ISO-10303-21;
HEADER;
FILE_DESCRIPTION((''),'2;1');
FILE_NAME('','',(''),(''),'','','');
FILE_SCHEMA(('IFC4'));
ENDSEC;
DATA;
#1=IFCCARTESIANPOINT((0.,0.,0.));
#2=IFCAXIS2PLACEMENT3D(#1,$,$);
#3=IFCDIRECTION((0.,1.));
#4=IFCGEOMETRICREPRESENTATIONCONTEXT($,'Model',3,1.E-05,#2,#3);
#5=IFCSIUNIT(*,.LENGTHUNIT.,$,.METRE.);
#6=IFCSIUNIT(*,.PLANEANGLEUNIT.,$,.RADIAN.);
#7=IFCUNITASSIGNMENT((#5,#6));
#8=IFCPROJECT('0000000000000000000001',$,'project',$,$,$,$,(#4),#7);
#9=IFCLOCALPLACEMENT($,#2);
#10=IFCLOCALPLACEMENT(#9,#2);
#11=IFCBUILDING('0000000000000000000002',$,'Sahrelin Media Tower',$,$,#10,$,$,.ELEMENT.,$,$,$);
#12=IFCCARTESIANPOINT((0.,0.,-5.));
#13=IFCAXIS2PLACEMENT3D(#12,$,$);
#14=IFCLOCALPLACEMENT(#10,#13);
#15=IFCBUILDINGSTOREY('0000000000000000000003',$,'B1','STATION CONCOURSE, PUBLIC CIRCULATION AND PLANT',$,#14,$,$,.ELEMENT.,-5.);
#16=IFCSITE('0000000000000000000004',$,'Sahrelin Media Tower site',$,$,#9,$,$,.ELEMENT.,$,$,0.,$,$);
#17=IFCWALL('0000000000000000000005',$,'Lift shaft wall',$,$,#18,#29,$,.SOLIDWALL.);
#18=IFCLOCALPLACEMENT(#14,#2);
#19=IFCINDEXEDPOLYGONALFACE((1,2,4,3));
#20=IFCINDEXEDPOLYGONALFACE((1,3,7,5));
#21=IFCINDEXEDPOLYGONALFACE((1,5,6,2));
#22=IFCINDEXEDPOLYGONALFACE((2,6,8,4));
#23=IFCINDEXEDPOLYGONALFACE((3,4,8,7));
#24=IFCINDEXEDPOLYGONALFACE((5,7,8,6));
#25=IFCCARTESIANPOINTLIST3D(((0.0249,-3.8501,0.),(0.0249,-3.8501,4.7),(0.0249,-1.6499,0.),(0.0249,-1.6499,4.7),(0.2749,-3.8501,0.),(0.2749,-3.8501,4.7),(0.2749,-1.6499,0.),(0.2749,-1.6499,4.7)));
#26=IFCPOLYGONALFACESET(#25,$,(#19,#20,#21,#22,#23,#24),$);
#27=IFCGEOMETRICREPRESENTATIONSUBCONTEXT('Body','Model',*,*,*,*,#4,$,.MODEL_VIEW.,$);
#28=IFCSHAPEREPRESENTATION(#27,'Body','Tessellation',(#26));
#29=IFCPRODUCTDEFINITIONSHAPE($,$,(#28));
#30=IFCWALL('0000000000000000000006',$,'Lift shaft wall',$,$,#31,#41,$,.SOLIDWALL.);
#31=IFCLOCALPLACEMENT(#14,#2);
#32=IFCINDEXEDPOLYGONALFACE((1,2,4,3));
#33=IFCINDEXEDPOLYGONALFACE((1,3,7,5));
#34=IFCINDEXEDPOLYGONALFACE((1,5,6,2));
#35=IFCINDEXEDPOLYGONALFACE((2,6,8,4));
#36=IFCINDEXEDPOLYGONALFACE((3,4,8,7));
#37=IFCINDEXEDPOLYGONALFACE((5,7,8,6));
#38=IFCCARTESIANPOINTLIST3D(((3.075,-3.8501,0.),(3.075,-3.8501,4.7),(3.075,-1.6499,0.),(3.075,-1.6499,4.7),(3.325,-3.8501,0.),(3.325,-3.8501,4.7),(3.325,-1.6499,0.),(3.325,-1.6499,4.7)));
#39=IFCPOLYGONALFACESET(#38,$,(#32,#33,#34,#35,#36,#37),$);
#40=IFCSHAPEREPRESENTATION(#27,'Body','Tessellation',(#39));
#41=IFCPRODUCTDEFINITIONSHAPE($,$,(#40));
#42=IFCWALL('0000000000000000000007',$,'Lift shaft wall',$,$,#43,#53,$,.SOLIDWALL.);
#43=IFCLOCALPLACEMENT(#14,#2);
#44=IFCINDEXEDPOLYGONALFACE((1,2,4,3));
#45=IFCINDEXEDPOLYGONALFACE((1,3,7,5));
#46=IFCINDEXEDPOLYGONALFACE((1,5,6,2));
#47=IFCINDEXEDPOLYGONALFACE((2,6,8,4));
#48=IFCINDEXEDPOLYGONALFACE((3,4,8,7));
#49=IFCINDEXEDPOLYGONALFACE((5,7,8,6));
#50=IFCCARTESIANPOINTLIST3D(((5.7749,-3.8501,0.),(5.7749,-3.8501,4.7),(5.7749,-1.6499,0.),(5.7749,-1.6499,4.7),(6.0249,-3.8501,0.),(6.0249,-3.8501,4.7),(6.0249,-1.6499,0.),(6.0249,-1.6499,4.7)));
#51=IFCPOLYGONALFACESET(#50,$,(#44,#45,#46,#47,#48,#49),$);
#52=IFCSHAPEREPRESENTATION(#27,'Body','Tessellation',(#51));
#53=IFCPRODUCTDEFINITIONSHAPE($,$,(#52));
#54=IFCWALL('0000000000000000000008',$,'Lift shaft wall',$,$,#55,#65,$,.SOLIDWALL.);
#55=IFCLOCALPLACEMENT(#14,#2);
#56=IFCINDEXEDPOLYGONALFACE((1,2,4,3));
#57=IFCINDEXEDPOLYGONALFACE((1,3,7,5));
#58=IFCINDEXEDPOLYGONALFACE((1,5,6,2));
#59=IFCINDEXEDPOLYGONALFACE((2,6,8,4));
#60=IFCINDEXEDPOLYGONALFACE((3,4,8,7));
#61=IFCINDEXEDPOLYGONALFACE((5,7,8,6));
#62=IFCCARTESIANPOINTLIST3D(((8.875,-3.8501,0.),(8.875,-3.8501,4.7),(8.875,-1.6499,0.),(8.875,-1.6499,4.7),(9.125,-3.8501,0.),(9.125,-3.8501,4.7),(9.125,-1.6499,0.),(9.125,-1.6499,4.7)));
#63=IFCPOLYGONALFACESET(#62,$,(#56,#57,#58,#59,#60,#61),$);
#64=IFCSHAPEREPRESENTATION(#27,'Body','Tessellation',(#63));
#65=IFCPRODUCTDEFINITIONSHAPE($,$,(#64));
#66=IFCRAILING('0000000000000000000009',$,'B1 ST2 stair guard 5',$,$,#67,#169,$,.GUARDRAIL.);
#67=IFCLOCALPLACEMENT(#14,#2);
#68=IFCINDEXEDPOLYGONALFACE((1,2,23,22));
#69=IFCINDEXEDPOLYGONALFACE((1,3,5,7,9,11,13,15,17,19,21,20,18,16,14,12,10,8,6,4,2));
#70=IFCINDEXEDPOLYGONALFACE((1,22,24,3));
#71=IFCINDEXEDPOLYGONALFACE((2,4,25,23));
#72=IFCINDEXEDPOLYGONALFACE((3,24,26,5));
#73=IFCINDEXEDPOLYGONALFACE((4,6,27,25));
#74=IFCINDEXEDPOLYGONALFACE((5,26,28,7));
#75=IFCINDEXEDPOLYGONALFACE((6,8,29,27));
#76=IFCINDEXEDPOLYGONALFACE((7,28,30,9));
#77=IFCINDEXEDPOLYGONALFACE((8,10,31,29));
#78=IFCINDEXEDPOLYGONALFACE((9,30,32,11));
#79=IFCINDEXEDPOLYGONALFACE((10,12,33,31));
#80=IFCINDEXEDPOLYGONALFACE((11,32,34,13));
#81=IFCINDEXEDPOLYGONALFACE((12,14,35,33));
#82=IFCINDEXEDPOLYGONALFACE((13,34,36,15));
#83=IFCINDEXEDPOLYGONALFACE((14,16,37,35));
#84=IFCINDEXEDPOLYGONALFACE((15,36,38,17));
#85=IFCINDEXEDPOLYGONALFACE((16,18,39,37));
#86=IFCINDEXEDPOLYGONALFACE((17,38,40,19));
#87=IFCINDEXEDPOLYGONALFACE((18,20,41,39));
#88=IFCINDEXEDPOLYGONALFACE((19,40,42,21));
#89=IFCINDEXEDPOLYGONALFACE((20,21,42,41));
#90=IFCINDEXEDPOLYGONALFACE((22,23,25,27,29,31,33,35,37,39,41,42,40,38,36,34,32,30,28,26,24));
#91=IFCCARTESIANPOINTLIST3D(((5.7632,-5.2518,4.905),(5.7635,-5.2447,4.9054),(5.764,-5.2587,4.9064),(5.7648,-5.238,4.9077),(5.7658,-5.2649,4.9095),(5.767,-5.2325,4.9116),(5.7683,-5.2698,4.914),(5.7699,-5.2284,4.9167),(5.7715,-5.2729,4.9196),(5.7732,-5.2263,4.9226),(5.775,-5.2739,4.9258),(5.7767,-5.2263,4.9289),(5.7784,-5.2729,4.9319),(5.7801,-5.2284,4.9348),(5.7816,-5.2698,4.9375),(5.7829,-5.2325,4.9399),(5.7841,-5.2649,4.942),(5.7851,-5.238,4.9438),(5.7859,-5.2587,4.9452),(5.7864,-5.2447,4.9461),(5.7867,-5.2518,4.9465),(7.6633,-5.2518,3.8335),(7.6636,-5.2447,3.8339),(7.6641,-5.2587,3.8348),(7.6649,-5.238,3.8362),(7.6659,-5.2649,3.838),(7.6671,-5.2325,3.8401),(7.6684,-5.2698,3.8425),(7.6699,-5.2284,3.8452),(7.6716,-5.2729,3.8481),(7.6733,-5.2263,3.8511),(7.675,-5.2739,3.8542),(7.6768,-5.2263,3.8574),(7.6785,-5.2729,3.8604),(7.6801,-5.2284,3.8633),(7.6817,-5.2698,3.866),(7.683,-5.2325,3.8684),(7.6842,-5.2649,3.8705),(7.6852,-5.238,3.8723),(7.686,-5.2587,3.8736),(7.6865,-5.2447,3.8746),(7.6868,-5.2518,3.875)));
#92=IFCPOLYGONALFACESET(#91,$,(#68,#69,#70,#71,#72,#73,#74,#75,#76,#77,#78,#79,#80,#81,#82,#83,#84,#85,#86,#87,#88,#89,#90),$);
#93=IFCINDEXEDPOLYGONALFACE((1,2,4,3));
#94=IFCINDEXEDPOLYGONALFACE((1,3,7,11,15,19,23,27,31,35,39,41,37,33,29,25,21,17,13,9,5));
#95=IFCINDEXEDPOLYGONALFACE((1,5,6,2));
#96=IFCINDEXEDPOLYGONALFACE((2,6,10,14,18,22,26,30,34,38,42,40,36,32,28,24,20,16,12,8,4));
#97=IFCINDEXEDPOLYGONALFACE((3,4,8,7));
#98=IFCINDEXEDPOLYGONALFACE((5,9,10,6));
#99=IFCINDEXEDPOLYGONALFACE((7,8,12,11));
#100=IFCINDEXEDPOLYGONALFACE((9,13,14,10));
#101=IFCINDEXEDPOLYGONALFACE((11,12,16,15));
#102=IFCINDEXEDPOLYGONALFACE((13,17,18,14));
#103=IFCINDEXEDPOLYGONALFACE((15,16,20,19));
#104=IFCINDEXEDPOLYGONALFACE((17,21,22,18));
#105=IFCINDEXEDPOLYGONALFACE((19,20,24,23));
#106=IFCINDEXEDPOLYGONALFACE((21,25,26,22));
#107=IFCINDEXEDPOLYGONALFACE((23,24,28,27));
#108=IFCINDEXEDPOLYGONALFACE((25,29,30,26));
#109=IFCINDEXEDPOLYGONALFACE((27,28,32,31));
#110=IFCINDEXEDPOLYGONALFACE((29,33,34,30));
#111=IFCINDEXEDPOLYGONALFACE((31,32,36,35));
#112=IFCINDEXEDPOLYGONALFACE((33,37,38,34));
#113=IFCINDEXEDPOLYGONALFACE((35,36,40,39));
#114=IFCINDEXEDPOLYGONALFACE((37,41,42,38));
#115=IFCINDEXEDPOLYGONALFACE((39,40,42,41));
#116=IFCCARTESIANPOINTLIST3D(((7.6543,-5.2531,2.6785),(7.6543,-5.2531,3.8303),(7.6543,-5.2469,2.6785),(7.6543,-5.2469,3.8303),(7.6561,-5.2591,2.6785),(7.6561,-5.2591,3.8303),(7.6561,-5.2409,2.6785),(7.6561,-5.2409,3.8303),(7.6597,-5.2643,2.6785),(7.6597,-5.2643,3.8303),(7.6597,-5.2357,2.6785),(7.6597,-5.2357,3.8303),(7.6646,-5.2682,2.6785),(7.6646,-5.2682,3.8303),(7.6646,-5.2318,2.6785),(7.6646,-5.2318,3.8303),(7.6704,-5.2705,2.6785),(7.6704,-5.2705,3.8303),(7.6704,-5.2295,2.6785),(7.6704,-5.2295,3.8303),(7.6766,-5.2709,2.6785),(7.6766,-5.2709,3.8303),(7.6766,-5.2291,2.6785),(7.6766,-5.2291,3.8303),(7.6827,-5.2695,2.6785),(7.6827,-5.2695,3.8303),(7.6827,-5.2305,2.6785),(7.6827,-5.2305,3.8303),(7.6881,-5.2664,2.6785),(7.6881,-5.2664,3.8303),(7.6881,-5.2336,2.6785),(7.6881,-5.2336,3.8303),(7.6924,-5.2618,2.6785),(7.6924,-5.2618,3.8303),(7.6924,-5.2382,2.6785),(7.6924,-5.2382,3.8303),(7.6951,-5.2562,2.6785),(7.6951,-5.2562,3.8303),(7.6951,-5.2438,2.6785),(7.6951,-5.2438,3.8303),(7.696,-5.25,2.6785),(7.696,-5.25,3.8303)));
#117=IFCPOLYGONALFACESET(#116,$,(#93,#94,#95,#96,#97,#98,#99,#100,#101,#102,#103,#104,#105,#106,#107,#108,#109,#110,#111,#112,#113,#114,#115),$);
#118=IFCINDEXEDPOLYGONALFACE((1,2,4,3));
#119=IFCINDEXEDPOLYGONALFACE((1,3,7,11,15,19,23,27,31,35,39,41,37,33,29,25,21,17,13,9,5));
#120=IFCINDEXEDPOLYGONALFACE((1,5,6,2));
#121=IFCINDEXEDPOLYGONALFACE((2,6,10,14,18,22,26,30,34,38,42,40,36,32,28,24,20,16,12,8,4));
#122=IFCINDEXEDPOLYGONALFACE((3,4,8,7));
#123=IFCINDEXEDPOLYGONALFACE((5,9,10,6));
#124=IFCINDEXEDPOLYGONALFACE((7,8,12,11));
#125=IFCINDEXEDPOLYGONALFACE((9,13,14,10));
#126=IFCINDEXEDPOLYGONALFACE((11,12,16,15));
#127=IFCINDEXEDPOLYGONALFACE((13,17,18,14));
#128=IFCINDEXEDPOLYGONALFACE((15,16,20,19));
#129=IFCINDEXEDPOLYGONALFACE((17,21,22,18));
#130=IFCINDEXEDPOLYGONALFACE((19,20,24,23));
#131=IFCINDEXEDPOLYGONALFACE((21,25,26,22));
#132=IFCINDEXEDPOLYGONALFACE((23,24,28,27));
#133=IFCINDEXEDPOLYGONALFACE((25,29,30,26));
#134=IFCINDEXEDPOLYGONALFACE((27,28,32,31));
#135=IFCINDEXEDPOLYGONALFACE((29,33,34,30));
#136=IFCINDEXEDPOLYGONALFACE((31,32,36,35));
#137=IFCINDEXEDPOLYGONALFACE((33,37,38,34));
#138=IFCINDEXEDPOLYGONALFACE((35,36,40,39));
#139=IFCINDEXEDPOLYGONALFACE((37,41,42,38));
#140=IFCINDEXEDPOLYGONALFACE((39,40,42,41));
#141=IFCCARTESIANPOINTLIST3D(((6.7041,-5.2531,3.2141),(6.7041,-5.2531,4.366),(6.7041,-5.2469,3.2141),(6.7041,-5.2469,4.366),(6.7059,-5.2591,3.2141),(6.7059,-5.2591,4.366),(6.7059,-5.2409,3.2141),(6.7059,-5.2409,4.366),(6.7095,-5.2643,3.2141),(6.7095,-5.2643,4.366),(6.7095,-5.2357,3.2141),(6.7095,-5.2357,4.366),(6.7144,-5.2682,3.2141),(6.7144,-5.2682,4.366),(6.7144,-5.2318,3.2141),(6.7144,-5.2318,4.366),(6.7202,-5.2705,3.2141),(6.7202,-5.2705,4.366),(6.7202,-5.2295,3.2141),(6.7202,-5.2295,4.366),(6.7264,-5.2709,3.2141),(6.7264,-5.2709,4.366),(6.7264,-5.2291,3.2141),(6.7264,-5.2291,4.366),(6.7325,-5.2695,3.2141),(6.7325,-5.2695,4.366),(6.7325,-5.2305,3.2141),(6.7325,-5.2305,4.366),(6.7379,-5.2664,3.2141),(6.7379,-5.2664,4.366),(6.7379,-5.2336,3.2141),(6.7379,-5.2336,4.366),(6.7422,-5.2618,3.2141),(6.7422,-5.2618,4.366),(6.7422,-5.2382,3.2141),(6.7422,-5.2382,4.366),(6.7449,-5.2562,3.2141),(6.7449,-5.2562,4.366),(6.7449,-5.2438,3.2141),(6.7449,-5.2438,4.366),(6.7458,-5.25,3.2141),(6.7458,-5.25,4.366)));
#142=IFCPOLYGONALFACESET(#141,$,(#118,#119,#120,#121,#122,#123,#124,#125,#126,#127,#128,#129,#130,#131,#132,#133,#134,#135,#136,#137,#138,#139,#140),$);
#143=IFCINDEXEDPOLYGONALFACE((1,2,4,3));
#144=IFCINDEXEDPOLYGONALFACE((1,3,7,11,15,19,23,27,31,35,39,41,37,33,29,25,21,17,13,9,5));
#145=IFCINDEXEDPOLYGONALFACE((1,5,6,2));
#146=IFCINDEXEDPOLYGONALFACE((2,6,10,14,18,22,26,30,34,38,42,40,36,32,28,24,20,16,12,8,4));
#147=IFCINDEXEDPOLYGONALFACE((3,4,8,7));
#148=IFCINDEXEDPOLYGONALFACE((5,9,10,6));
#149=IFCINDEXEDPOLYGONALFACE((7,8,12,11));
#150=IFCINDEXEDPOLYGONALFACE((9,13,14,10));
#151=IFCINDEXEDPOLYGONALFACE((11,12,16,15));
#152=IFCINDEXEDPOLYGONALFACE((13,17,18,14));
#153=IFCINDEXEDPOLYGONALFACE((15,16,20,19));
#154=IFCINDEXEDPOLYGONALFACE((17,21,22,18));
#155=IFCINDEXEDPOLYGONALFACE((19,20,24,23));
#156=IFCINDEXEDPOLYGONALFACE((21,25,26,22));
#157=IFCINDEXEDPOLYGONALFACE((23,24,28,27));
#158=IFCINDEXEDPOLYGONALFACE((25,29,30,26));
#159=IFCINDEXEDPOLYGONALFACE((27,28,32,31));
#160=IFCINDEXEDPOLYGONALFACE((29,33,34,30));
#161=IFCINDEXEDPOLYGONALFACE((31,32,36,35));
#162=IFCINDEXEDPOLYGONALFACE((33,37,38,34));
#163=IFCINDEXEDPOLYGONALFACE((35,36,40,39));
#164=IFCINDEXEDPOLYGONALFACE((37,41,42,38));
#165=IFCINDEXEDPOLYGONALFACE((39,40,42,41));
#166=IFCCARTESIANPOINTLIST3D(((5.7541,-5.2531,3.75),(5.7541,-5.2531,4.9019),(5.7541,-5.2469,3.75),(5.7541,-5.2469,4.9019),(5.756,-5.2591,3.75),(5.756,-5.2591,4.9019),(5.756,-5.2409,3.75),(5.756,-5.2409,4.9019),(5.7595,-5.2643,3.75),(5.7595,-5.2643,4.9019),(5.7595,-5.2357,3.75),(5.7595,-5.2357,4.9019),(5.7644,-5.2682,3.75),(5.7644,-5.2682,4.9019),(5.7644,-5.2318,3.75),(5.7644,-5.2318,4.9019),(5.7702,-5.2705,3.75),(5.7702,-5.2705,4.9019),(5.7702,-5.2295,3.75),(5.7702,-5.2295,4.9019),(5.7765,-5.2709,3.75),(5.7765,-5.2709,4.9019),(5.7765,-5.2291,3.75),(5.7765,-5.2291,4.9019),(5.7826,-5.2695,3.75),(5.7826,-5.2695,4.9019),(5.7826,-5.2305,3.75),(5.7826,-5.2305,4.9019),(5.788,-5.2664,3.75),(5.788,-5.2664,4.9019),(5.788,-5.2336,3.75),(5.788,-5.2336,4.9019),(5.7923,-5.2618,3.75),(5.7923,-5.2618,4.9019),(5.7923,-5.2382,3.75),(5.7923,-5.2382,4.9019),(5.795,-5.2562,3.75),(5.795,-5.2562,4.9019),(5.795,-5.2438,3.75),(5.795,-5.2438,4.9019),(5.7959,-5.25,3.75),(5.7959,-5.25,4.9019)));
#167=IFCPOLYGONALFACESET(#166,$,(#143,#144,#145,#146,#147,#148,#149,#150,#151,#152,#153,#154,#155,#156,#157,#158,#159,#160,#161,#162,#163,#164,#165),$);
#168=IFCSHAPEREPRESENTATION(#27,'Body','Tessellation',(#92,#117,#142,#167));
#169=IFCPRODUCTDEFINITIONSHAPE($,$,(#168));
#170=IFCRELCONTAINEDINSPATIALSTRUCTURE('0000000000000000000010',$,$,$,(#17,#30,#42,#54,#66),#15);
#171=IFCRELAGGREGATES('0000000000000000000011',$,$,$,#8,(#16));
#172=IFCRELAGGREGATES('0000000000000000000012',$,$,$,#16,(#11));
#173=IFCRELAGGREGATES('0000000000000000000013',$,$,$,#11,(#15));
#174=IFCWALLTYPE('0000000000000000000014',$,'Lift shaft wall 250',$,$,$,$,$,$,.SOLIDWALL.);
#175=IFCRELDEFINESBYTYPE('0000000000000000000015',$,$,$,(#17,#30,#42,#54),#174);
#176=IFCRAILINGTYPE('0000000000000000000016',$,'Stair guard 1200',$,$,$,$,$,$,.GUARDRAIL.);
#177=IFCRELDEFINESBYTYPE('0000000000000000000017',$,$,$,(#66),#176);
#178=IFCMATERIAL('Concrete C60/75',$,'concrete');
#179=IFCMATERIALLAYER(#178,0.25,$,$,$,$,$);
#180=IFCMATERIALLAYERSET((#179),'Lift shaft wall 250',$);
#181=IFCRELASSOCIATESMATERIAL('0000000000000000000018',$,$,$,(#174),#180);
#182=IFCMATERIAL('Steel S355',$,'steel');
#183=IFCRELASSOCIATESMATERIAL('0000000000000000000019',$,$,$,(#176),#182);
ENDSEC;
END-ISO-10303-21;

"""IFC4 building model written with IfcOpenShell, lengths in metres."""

from ifc_helpers import new_model, si_unit, direction, frame, frame_2d, origin, origin_2d, place, context, subcontext, project, spatial, rectangle, circle, extrude, material, layer, layer_set, type_object, element, save


model = new_model("IFC4")

# Units and contexts
model_context = context("Model", 3, precision=1e-05, world=origin(), true_north=direction((0.0, 1.0)))
body_context = subcontext(model_context, "Body", "Model", "MODEL_VIEW")
ifc_project = project(units=[si_unit("LENGTHUNIT", "METRE"), si_unit("PLANEANGLEUNIT", "RADIAN")], contexts=[model_context])

# Site, building, storey
site_placement = place(None, origin())
site = spatial("IfcSite", under=ifc_project, at=site_placement, Name="Sahrelin Media Tower site", CompositionType="ELEMENT", RefElevation=0.0)
building_placement = place(site_placement, origin())
building = spatial("IfcBuilding", under=site, at=building_placement, Name="Sahrelin Media Tower", CompositionType="ELEMENT")
storey_placement = place(building_placement, frame((0.0, 0.0, -5.0)))
storey = spatial("IfcBuildingStorey", under=building, at=storey_placement, Name="B1", Description="STATION CONCOURSE, PUBLIC CIRCULATION AND PLANT", CompositionType="ELEMENT", Elevation=-5.0)

# Shared definitions
ifc_material_1 = material(Name="Concrete C60/75", Category="concrete")

# Walls
ifc_layer_1 = layer(ifc_material_1, 0.25)
ifc_layer_set_1 = layer_set([ifc_layer_1], Name="Lift shaft wall 250")
wall_type_1 = type_object("IfcWallType", Name="Lift shaft wall 250", PredefinedType="SOLIDWALL", material=ifc_layer_set_1)
for number, where, z_axis, x_axis, name in (
    (1, (0.1499, -3.8501, 0.0), (0.0, 0.0, 1.0), (0.0, 1.0, 0.0), "Lift shaft wall"),
    (2, (3.2, -3.8501, 0.0), (0.0, 0.0, 1.0), (0.0, 1.0, 0.0), "Lift shaft wall"),
    (3, (5.8999, -3.8501, 0.0), (0.0, 0.0, 1.0), (0.0, 1.0, 0.0), "Lift shaft wall"),
    (4, (9.0, -3.8501, 0.0), (0.0, 0.0, 1.0), (0.0, 1.0, 0.0), "Lift shaft wall"),
):
    element("IfcWall", number, at=place(storey_placement, frame(where, z_axis=z_axis, x_axis=x_axis)), inside=storey, type_object=wall_type_1, Name=name, PredefinedType="SOLIDWALL", context=body_context, shape_type="SweptSolid", body=[
        extrude(rectangle(XDim=2.2002, YDim=0.25, at=frame_2d((1.1001, 0.0))), origin(), (0.0, 0.0, 1.0), 4.7),
    ])

# Railing
ifc_material_2 = material(Name="Steel S355", Category="steel")
railing_type_1 = type_object("IfcRailingType", Name="Stair guard 1200", PredefinedType="GUARDRAIL", material=ifc_material_2)
railing_placement = place(storey_placement, frame((7.675, -5.25, 2.6785)))
element("IfcRailing", 5, at=railing_placement, inside=storey, type_object=railing_type_1, Name="B1 ST2 stair guard 5", PredefinedType="GUARDRAIL", context=body_context, shape_type="SweptSolid", body=[
    extrude(circle(Radius=0.0239, at=origin_2d()), frame((0.0, 0.0, 1.1758), z_axis=(-0.871046, 0.0, 0.491201), x_axis=(0.0, -1.0, 0.0)), (0.0, 0.0, 1.0), 2.1814),
    extrude(circle(Radius=0.021, at=origin_2d()), origin(), (0.0, 0.0, 1.0), 1.1519),
    extrude(circle(Radius=0.021, at=origin_2d()), frame((-0.9502, 0.0, 0.5356)), (0.0, 0.0, 1.0), 1.1519),
    extrude(circle(Radius=0.021, at=origin_2d()), frame((-1.9001, 0.0, 1.0715)), (0.0, 0.0, 1.0), 1.1519),
])

save(model, "model.ifc")
